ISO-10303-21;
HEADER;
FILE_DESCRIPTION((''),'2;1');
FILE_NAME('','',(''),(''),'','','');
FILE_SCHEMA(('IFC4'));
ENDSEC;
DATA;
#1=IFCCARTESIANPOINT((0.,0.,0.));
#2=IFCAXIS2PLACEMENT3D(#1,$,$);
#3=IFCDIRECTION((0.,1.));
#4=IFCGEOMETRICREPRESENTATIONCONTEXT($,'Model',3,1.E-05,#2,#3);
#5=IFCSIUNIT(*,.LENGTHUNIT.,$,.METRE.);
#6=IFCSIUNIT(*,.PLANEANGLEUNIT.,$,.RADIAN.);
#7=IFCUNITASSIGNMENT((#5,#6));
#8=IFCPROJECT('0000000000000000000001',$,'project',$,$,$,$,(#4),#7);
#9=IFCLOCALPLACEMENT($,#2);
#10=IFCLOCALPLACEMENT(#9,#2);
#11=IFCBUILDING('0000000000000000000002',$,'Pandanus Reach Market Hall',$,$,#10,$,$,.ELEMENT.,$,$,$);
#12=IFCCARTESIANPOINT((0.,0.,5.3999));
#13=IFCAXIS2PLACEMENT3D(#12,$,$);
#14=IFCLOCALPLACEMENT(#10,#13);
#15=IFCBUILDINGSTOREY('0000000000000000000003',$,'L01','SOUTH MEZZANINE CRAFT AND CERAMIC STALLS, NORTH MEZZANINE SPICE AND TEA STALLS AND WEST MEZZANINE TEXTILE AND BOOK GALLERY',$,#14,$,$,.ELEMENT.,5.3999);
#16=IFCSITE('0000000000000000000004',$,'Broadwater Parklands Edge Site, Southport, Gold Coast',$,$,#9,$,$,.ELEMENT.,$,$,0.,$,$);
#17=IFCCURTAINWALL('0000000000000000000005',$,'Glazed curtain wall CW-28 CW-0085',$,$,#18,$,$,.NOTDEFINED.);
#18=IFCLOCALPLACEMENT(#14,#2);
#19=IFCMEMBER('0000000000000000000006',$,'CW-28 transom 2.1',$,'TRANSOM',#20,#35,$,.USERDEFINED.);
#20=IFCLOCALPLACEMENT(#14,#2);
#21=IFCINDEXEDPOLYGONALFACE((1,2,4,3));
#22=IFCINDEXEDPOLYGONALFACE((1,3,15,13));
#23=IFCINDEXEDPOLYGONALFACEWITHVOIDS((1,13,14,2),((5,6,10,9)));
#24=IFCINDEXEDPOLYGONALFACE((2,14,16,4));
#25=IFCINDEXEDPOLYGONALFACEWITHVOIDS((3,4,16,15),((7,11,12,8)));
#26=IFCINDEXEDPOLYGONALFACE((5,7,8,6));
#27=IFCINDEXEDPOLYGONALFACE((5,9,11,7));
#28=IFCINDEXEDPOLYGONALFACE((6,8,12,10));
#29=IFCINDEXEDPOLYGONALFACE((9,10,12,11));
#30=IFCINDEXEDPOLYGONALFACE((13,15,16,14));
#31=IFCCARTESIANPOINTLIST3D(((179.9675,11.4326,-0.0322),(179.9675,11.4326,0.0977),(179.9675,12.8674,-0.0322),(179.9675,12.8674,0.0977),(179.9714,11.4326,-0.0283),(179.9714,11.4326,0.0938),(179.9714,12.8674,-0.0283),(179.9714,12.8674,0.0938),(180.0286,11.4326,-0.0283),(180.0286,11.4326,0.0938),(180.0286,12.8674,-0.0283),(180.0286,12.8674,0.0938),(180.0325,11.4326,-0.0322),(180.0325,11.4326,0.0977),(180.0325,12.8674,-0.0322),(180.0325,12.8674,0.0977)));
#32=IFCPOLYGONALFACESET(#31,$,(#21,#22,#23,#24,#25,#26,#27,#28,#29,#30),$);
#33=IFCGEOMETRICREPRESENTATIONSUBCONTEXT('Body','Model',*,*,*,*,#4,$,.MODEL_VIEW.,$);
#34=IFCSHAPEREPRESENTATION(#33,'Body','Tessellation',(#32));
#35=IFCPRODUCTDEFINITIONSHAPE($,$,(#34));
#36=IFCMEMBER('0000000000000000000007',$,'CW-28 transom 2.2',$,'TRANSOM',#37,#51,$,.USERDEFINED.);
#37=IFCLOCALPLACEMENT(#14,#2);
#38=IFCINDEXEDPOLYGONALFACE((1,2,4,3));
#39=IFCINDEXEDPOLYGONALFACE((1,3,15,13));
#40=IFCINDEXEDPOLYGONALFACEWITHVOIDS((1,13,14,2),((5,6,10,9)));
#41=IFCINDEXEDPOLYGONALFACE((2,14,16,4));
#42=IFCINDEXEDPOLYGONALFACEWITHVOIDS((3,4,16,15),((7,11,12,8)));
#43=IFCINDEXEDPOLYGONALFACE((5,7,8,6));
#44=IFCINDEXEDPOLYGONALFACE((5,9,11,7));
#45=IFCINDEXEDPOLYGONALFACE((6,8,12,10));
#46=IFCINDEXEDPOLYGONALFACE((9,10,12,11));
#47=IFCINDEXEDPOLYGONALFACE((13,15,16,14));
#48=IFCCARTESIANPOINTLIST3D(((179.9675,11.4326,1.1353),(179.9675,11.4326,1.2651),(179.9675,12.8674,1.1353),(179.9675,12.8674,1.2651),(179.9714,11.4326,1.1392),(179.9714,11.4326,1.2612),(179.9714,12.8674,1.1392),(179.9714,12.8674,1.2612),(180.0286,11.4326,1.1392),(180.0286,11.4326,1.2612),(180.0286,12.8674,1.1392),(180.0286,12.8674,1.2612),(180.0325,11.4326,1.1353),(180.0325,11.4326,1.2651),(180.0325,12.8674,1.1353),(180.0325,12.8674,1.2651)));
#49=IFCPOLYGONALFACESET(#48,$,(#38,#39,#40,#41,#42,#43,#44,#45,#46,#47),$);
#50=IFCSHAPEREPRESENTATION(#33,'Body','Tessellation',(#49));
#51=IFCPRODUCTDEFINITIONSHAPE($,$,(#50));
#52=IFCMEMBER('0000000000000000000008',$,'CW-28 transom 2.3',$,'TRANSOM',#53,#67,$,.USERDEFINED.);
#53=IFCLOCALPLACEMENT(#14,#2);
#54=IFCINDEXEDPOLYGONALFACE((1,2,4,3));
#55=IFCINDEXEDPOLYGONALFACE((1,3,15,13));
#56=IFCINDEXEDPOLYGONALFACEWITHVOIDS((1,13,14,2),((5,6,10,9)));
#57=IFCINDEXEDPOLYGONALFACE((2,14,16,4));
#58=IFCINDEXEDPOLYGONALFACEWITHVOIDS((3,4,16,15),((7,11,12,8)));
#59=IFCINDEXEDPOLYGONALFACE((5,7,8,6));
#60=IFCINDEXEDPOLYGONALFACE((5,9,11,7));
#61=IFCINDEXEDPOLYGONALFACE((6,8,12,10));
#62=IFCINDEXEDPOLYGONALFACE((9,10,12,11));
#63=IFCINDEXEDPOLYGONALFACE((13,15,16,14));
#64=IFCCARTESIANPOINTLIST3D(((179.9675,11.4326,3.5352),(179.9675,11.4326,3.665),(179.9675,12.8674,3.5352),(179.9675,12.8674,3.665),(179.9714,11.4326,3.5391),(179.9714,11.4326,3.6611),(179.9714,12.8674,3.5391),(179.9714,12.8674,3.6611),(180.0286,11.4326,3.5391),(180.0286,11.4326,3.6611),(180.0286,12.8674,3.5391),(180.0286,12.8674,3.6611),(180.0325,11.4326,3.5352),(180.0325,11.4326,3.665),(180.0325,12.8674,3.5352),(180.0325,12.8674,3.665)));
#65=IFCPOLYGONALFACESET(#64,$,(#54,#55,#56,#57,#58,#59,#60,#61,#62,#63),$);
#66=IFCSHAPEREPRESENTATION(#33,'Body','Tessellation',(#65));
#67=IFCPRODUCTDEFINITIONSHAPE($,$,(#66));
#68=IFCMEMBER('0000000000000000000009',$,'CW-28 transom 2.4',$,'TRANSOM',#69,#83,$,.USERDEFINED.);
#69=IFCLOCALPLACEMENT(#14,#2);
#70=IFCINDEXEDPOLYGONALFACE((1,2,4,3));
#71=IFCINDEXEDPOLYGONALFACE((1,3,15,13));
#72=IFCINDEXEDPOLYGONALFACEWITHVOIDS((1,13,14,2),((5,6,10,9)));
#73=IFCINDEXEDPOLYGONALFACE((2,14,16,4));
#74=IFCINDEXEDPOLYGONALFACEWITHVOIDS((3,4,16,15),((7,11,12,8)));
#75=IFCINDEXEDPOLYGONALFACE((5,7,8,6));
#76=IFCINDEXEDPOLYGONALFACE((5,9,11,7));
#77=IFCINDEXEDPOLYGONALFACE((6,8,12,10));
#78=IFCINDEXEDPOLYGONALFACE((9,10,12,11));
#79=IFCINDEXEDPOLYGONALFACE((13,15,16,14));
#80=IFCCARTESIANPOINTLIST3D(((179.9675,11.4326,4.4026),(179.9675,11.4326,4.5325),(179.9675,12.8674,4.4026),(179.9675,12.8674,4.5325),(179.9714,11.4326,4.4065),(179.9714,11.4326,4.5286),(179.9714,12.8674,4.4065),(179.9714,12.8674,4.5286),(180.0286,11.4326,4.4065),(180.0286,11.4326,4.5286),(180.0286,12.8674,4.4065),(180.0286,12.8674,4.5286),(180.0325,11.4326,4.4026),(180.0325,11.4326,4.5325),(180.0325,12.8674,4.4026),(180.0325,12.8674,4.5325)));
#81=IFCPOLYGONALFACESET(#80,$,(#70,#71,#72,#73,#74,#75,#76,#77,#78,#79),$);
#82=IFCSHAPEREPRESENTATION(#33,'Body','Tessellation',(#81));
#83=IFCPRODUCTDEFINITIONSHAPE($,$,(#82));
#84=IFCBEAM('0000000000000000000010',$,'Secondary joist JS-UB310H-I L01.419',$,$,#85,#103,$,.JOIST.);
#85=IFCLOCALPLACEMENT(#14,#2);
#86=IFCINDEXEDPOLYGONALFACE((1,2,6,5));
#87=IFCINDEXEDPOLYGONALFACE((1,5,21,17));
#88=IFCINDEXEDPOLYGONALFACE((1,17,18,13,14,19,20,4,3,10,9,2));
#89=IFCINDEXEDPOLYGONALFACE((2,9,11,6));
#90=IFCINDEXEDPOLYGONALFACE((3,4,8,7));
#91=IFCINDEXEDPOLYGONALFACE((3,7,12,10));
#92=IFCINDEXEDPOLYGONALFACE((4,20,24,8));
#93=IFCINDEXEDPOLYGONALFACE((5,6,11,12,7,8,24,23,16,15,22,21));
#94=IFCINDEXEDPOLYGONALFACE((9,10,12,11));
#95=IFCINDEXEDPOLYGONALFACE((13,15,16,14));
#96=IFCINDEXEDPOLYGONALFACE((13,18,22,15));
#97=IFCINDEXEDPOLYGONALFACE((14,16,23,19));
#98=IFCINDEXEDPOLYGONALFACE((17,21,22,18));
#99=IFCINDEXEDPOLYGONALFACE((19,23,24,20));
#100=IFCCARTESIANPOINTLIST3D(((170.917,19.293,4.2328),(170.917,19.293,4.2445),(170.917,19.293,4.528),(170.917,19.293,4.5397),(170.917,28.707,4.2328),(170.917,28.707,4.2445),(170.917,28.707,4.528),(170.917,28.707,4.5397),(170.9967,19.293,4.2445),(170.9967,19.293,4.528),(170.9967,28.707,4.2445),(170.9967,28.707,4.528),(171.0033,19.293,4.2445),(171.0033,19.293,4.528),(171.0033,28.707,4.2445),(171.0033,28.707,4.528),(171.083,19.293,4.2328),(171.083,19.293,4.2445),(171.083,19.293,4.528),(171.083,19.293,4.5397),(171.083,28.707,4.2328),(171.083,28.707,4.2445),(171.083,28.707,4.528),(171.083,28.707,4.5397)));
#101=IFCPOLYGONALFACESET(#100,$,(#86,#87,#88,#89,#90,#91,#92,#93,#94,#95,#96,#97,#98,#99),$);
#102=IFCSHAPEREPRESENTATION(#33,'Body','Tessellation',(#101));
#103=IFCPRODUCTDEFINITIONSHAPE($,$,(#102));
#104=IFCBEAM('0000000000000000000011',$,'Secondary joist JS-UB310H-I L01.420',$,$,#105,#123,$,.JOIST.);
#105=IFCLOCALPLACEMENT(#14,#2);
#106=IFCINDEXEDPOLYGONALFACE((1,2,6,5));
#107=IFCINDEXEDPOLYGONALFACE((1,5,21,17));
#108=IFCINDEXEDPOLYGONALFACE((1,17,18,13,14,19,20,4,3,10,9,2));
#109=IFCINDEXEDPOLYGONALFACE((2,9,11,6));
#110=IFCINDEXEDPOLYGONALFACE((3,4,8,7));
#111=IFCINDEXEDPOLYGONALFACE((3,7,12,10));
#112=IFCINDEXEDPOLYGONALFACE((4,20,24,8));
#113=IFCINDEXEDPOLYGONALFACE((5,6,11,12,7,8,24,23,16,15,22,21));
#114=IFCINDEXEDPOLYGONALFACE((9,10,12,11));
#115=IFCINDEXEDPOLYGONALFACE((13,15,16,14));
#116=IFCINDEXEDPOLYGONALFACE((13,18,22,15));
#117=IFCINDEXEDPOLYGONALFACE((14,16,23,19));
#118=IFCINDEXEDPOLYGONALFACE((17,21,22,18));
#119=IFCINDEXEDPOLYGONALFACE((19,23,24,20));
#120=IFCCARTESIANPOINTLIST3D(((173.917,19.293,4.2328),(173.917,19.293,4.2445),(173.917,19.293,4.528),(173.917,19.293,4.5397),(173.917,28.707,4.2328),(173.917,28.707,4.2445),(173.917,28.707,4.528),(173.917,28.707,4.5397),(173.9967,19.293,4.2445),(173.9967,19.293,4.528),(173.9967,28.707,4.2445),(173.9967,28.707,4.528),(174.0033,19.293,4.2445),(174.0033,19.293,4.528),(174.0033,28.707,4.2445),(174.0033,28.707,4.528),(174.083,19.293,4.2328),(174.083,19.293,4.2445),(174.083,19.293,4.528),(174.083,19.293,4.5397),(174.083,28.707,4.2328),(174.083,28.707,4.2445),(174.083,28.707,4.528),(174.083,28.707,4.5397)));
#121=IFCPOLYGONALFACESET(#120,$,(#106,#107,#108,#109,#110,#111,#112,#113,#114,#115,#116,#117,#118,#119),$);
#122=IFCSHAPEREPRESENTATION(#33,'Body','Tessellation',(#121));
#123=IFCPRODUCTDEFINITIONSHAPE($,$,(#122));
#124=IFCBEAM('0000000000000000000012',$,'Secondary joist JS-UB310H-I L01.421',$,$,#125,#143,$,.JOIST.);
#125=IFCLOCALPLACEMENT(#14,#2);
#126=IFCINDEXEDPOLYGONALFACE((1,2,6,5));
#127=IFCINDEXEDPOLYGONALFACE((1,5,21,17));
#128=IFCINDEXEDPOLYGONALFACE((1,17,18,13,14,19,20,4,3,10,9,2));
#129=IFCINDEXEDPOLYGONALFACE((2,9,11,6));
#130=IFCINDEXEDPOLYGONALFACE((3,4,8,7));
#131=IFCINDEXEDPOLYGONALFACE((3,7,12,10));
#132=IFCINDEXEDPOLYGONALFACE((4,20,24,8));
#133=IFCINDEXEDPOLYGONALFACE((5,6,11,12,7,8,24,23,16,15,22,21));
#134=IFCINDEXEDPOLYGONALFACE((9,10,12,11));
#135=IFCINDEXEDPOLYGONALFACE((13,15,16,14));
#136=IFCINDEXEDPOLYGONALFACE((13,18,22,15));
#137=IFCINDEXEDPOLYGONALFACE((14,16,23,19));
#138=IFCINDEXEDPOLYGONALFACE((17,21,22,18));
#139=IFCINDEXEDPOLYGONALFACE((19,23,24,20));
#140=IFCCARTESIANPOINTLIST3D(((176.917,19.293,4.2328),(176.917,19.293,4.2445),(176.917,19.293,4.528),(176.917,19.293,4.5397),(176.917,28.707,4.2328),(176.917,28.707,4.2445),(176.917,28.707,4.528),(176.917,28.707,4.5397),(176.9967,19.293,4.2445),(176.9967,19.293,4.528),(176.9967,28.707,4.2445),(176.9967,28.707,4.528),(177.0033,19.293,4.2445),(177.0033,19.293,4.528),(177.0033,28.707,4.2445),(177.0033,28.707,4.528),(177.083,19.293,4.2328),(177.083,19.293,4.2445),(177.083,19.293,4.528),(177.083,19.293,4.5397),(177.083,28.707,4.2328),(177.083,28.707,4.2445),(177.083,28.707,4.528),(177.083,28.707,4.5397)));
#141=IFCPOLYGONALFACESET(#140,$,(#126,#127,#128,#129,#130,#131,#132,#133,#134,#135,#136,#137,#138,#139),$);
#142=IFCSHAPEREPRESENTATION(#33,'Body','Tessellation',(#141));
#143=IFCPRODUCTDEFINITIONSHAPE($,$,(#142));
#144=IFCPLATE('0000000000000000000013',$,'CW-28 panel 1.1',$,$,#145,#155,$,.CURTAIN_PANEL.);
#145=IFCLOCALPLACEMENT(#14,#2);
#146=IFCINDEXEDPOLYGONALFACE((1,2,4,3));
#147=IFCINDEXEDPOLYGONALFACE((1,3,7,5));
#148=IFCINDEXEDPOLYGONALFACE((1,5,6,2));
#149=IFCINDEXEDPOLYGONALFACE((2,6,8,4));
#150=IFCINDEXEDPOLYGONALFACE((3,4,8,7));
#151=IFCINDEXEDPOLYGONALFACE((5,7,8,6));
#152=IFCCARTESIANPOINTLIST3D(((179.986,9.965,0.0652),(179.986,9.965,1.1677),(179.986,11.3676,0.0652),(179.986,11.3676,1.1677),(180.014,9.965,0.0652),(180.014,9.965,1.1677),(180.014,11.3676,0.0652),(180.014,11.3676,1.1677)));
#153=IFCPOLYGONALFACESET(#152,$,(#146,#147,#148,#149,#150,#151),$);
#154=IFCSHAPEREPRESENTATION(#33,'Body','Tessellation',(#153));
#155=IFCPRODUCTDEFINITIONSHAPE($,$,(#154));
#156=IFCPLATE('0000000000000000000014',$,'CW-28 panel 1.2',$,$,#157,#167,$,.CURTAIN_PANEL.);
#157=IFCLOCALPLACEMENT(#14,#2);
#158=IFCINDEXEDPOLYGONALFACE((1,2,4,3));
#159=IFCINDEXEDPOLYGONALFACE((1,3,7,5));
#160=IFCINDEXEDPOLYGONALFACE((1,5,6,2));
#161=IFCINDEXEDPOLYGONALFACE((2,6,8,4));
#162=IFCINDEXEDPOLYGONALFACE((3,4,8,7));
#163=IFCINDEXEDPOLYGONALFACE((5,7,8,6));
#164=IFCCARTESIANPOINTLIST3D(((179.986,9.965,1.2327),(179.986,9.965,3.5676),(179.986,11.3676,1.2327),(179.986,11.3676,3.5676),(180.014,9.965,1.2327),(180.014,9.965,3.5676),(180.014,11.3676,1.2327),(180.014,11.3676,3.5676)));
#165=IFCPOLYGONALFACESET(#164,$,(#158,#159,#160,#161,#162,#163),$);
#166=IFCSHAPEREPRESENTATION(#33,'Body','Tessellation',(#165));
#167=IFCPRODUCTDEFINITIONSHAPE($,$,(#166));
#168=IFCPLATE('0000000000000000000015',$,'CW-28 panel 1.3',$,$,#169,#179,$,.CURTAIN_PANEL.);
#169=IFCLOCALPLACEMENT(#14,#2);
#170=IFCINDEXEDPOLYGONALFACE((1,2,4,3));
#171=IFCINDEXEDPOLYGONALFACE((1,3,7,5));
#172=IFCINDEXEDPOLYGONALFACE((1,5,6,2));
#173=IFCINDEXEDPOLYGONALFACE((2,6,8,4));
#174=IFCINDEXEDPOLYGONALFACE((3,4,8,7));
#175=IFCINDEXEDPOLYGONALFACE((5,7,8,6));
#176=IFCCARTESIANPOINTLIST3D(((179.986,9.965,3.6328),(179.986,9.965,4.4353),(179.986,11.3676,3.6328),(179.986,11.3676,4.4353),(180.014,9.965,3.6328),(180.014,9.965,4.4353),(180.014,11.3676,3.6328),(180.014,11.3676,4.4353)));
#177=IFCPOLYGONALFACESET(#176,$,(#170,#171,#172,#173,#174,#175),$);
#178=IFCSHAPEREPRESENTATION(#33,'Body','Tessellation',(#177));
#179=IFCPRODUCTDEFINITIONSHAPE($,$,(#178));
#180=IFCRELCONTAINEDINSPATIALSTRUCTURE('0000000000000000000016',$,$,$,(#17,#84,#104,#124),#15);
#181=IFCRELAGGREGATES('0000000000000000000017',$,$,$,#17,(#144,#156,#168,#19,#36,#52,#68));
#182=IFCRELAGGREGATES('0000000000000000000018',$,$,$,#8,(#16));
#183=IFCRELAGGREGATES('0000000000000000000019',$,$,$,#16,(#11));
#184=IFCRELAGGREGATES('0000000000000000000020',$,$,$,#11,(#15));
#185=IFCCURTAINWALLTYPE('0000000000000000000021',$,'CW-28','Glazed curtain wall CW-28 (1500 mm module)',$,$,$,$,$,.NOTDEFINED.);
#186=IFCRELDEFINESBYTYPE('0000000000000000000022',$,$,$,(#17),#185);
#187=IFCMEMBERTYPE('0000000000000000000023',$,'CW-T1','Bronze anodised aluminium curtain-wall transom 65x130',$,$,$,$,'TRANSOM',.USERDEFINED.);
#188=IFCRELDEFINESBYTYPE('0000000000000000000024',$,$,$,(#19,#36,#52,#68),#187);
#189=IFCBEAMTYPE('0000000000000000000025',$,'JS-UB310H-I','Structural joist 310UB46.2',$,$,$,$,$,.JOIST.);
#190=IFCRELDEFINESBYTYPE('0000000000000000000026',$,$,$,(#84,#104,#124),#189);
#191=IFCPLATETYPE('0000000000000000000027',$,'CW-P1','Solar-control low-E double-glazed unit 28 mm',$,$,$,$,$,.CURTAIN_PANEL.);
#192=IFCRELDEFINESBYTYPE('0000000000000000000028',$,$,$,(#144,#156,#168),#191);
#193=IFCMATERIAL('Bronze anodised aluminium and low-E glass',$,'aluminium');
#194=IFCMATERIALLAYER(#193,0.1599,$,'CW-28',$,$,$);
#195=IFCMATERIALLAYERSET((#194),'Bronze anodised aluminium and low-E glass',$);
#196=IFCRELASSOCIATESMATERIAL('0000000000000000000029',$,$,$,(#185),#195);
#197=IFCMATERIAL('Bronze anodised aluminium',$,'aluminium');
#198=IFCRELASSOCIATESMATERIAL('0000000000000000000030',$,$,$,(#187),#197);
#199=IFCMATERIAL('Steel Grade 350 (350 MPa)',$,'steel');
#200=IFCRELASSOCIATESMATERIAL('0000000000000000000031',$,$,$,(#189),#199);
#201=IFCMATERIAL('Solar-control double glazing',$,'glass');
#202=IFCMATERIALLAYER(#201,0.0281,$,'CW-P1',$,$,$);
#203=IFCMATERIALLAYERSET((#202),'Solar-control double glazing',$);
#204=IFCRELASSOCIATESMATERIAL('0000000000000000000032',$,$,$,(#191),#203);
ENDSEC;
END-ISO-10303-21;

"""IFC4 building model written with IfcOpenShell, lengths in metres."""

from ifc_helpers import new_model, si_unit, direction, frame, origin, origin_2d, place, context, subcontext, project, spatial, rectangle, hollow_rectangle, i_section, extrude, material, layer, layer_set, material_profile, profile_set, type_object, element, aggregate, save


model = new_model("IFC4")

# Units and contexts
model_context = context("Model", 3, precision=1e-05, world=origin(), true_north=direction((0.0, 1.0)))
body_context = subcontext(model_context, "Body", "Model", "MODEL_VIEW")
ifc_project = project(units=[si_unit("LENGTHUNIT", "METRE"), si_unit("PLANEANGLEUNIT", "RADIAN")], contexts=[model_context])

# Site, building, storey
site_placement = place(None, origin())
site = spatial("IfcSite", under=ifc_project, at=site_placement, Name="Broadwater Parklands Edge Site, Southport, Gold Coast", CompositionType="ELEMENT", RefElevation=0.0)
building_placement = place(site_placement, origin())
building = spatial("IfcBuilding", under=site, at=building_placement, Name="Pandanus Reach Market Hall", CompositionType="ELEMENT")
storey_placement = place(building_placement, frame((0.0, 0.0, 5.3999)))
storey = spatial("IfcBuildingStorey", under=building, at=storey_placement, Name="L01", Description="SOUTH MEZZANINE CRAFT AND CERAMIC STALLS, NORTH MEZZANINE SPICE AND TEA STALLS AND WEST MEZZANINE TEXTILE AND BOOK GALLERY", CompositionType="ELEMENT", Elevation=5.3999)

# Shared definitions
ifc_material_1 = material(Name="Steel Grade 350 (350 MPa)", Category="steel")

# Curtain wall, members
ifc_material_2 = material(Name="Bronze anodised aluminium and low-E glass", Category="aluminium")
ifc_layer_1 = layer(ifc_material_2, 0.1599, Name="CW-28")
ifc_layer_set_1 = layer_set([ifc_layer_1], Name="Bronze anodised aluminium and low-E glass")
curtain_wall_type = type_object("IfcCurtainWallType", Name="CW-28", Description="Glazed curtain wall CW-28 (1500 mm module)", PredefinedType="NOTDEFINED", material=ifc_layer_set_1)
curtain_wall_placement = place(storey_placement, origin())
curtain_wall = element("IfcCurtainWall", 1, at=curtain_wall_placement, inside=storey, type_object=curtain_wall_type, Name="Glazed curtain wall CW-28 CW-0085", PredefinedType="NOTDEFINED")
ifc_material_3 = material(Name="Bronze anodised aluminium", Category="aluminium")
ifc_material_profile_1 = material_profile(ifc_material_3, hollow_rectangle(XDim=0.0649, YDim=0.1299, WallThickness=0.0039, at=origin_2d()), Name="ALU65x130", Category="LoadBearing")
ifc_profile_set_1 = profile_set([ifc_material_profile_1], Name="Bronze anodised aluminium")
member_type_1 = type_object("IfcMemberType", Name="CW-T1", Description="Bronze anodised aluminium curtain-wall transom 65x130", ElementType="TRANSOM", PredefinedType="USERDEFINED", material=ifc_profile_set_1)
member_1_placement = place(storey_placement, frame((180.0, 11.4326, 0.0327), z_axis=(0.0, 1.0, 0.0), x_axis=(-1.0, 0.0, 0.0)))
member_1 = element("IfcMember", 2, at=member_1_placement, type_object=member_type_1, Name="CW-28 transom 2.1", ObjectType="TRANSOM", PredefinedType="USERDEFINED", context=body_context, shape_type="SweptSolid", body=[
    extrude(hollow_rectangle(XDim=0.0649, YDim=0.1299, WallThickness=0.0039, at=origin_2d()), origin(), (0.0, 0.0, 1.0), 1.4348),
])
member_2_placement = place(storey_placement, frame((180.0, 11.4326, 1.2002), z_axis=(0.0, 1.0, 0.0), x_axis=(-1.0, 0.0, 0.0)))
member_2 = element("IfcMember", 3, at=member_2_placement, type_object=member_type_1, Name="CW-28 transom 2.2", ObjectType="TRANSOM", PredefinedType="USERDEFINED", context=body_context, shape_type="SweptSolid", body=[
    extrude(hollow_rectangle(XDim=0.0649, YDim=0.1299, WallThickness=0.0039, at=origin_2d()), origin(), (0.0, 0.0, 1.0), 1.4348),
])
member_3_placement = place(storey_placement, frame((180.0, 11.4326, 3.6001), z_axis=(0.0, 1.0, 0.0), x_axis=(-1.0, 0.0, 0.0)))
member_3 = element("IfcMember", 4, at=member_3_placement, type_object=member_type_1, Name="CW-28 transom 2.3", ObjectType="TRANSOM", PredefinedType="USERDEFINED", context=body_context, shape_type="SweptSolid", body=[
    extrude(hollow_rectangle(XDim=0.0649, YDim=0.1299, WallThickness=0.0039, at=origin_2d()), origin(), (0.0, 0.0, 1.0), 1.4348),
])
member_4_placement = place(storey_placement, frame((180.0, 11.4326, 4.4675), z_axis=(0.0, 1.0, 0.0), x_axis=(-1.0, 0.0, 0.0)))
member_4 = element("IfcMember", 5, at=member_4_placement, type_object=member_type_1, Name="CW-28 transom 2.4", ObjectType="TRANSOM", PredefinedType="USERDEFINED", context=body_context, shape_type="SweptSolid", body=[
    extrude(hollow_rectangle(XDim=0.0649, YDim=0.1299, WallThickness=0.0039, at=origin_2d()), origin(), (0.0, 0.0, 1.0), 1.4348),
])

# Beams
ifc_material_profile_2 = material_profile(ifc_material_1, i_section(OverallWidth=0.166, OverallDepth=0.3069, WebThickness=0.0066, FlangeThickness=0.0117, at=origin_2d()), Name="310UB46.2", Category="LoadBearing")
ifc_profile_set_2 = profile_set([ifc_material_profile_2], Name="Steel Grade 350 (350 MPa)")
beam_type_1 = type_object("IfcBeamType", Name="JS-UB310H-I", Description="Structural joist 310UB46.2", PredefinedType="JOIST", material=ifc_profile_set_2)
for number, where, z_axis, x_axis, name in (
    (6, (171.0, 19.293, 4.3862), (0.0, 1.0, 0.0), (-1.0, 0.0, 0.0), "Secondary joist JS-UB310H-I L01.419"),
    (7, (174.0, 19.293, 4.3862), (0.0, 1.0, 0.0), (-1.0, 0.0, 0.0), "Secondary joist JS-UB310H-I L01.420"),
    (8, (177.0, 19.293, 4.3862), (0.0, 1.0, 0.0), (-1.0, 0.0, 0.0), "Secondary joist JS-UB310H-I L01.421"),
):
    element("IfcBeam", number, at=place(storey_placement, frame(where, z_axis=z_axis, x_axis=x_axis)), inside=storey, type_object=beam_type_1, Name=name, PredefinedType="JOIST", context=body_context, shape_type="SweptSolid", body=[
        extrude(i_section(OverallWidth=0.166, OverallDepth=0.3069, WebThickness=0.0066, FlangeThickness=0.0117, at=origin_2d()), origin(), (0.0, 0.0, 1.0), 9.4141),
    ])

# Plates
ifc_material_4 = material(Name="Solar-control double glazing", Category="glass")
ifc_layer_2 = layer(ifc_material_4, 0.0281, Name="CW-P1")
ifc_layer_set_2 = layer_set([ifc_layer_2], Name="Solar-control double glazing")
plate_type = type_object("IfcPlateType", Name="CW-P1", Description="Solar-control low-E double-glazed unit 28 mm", PredefinedType="CURTAIN_PANEL", material=ifc_layer_set_2)
plate_1_placement = place(storey_placement, frame((180.0, 10.6663, 0.0652), z_axis=(0.0, 0.0, 1.0), x_axis=(0.0, 1.0, 0.0)))
plate_1 = element("IfcPlate", 9, at=plate_1_placement, type_object=plate_type, Name="CW-28 panel 1.1", PredefinedType="CURTAIN_PANEL", context=body_context, shape_type="SweptSolid", body=[
    extrude(rectangle(XDim=1.4026, YDim=0.0281, at=origin_2d()), origin(), (0.0, 0.0, 1.0), 1.1025),
])
plate_2_placement = place(storey_placement, frame((180.0, 10.6663, 1.2327), z_axis=(0.0, 0.0, 1.0), x_axis=(0.0, 1.0, 0.0)))
plate_2 = element("IfcPlate", 10, at=plate_2_placement, type_object=plate_type, Name="CW-28 panel 1.2", PredefinedType="CURTAIN_PANEL", context=body_context, shape_type="SweptSolid", body=[
    extrude(rectangle(XDim=1.4026, YDim=0.0281, at=origin_2d()), origin(), (0.0, 0.0, 1.0), 2.335),
])
plate_3_placement = place(storey_placement, frame((180.0, 10.6663, 3.6328), z_axis=(0.0, 0.0, 1.0), x_axis=(0.0, 1.0, 0.0)))
plate_3 = element("IfcPlate", 11, at=plate_3_placement, type_object=plate_type, Name="CW-28 panel 1.3", PredefinedType="CURTAIN_PANEL", context=body_context, shape_type="SweptSolid", body=[
    extrude(rectangle(XDim=1.4026, YDim=0.0281, at=origin_2d()), origin(), (0.0, 0.0, 1.0), 0.8025),
])
aggregate(curtain_wall, [plate_1, plate_2, plate_3, member_1, member_2, member_3, member_4])

save(model, "model.ifc")
